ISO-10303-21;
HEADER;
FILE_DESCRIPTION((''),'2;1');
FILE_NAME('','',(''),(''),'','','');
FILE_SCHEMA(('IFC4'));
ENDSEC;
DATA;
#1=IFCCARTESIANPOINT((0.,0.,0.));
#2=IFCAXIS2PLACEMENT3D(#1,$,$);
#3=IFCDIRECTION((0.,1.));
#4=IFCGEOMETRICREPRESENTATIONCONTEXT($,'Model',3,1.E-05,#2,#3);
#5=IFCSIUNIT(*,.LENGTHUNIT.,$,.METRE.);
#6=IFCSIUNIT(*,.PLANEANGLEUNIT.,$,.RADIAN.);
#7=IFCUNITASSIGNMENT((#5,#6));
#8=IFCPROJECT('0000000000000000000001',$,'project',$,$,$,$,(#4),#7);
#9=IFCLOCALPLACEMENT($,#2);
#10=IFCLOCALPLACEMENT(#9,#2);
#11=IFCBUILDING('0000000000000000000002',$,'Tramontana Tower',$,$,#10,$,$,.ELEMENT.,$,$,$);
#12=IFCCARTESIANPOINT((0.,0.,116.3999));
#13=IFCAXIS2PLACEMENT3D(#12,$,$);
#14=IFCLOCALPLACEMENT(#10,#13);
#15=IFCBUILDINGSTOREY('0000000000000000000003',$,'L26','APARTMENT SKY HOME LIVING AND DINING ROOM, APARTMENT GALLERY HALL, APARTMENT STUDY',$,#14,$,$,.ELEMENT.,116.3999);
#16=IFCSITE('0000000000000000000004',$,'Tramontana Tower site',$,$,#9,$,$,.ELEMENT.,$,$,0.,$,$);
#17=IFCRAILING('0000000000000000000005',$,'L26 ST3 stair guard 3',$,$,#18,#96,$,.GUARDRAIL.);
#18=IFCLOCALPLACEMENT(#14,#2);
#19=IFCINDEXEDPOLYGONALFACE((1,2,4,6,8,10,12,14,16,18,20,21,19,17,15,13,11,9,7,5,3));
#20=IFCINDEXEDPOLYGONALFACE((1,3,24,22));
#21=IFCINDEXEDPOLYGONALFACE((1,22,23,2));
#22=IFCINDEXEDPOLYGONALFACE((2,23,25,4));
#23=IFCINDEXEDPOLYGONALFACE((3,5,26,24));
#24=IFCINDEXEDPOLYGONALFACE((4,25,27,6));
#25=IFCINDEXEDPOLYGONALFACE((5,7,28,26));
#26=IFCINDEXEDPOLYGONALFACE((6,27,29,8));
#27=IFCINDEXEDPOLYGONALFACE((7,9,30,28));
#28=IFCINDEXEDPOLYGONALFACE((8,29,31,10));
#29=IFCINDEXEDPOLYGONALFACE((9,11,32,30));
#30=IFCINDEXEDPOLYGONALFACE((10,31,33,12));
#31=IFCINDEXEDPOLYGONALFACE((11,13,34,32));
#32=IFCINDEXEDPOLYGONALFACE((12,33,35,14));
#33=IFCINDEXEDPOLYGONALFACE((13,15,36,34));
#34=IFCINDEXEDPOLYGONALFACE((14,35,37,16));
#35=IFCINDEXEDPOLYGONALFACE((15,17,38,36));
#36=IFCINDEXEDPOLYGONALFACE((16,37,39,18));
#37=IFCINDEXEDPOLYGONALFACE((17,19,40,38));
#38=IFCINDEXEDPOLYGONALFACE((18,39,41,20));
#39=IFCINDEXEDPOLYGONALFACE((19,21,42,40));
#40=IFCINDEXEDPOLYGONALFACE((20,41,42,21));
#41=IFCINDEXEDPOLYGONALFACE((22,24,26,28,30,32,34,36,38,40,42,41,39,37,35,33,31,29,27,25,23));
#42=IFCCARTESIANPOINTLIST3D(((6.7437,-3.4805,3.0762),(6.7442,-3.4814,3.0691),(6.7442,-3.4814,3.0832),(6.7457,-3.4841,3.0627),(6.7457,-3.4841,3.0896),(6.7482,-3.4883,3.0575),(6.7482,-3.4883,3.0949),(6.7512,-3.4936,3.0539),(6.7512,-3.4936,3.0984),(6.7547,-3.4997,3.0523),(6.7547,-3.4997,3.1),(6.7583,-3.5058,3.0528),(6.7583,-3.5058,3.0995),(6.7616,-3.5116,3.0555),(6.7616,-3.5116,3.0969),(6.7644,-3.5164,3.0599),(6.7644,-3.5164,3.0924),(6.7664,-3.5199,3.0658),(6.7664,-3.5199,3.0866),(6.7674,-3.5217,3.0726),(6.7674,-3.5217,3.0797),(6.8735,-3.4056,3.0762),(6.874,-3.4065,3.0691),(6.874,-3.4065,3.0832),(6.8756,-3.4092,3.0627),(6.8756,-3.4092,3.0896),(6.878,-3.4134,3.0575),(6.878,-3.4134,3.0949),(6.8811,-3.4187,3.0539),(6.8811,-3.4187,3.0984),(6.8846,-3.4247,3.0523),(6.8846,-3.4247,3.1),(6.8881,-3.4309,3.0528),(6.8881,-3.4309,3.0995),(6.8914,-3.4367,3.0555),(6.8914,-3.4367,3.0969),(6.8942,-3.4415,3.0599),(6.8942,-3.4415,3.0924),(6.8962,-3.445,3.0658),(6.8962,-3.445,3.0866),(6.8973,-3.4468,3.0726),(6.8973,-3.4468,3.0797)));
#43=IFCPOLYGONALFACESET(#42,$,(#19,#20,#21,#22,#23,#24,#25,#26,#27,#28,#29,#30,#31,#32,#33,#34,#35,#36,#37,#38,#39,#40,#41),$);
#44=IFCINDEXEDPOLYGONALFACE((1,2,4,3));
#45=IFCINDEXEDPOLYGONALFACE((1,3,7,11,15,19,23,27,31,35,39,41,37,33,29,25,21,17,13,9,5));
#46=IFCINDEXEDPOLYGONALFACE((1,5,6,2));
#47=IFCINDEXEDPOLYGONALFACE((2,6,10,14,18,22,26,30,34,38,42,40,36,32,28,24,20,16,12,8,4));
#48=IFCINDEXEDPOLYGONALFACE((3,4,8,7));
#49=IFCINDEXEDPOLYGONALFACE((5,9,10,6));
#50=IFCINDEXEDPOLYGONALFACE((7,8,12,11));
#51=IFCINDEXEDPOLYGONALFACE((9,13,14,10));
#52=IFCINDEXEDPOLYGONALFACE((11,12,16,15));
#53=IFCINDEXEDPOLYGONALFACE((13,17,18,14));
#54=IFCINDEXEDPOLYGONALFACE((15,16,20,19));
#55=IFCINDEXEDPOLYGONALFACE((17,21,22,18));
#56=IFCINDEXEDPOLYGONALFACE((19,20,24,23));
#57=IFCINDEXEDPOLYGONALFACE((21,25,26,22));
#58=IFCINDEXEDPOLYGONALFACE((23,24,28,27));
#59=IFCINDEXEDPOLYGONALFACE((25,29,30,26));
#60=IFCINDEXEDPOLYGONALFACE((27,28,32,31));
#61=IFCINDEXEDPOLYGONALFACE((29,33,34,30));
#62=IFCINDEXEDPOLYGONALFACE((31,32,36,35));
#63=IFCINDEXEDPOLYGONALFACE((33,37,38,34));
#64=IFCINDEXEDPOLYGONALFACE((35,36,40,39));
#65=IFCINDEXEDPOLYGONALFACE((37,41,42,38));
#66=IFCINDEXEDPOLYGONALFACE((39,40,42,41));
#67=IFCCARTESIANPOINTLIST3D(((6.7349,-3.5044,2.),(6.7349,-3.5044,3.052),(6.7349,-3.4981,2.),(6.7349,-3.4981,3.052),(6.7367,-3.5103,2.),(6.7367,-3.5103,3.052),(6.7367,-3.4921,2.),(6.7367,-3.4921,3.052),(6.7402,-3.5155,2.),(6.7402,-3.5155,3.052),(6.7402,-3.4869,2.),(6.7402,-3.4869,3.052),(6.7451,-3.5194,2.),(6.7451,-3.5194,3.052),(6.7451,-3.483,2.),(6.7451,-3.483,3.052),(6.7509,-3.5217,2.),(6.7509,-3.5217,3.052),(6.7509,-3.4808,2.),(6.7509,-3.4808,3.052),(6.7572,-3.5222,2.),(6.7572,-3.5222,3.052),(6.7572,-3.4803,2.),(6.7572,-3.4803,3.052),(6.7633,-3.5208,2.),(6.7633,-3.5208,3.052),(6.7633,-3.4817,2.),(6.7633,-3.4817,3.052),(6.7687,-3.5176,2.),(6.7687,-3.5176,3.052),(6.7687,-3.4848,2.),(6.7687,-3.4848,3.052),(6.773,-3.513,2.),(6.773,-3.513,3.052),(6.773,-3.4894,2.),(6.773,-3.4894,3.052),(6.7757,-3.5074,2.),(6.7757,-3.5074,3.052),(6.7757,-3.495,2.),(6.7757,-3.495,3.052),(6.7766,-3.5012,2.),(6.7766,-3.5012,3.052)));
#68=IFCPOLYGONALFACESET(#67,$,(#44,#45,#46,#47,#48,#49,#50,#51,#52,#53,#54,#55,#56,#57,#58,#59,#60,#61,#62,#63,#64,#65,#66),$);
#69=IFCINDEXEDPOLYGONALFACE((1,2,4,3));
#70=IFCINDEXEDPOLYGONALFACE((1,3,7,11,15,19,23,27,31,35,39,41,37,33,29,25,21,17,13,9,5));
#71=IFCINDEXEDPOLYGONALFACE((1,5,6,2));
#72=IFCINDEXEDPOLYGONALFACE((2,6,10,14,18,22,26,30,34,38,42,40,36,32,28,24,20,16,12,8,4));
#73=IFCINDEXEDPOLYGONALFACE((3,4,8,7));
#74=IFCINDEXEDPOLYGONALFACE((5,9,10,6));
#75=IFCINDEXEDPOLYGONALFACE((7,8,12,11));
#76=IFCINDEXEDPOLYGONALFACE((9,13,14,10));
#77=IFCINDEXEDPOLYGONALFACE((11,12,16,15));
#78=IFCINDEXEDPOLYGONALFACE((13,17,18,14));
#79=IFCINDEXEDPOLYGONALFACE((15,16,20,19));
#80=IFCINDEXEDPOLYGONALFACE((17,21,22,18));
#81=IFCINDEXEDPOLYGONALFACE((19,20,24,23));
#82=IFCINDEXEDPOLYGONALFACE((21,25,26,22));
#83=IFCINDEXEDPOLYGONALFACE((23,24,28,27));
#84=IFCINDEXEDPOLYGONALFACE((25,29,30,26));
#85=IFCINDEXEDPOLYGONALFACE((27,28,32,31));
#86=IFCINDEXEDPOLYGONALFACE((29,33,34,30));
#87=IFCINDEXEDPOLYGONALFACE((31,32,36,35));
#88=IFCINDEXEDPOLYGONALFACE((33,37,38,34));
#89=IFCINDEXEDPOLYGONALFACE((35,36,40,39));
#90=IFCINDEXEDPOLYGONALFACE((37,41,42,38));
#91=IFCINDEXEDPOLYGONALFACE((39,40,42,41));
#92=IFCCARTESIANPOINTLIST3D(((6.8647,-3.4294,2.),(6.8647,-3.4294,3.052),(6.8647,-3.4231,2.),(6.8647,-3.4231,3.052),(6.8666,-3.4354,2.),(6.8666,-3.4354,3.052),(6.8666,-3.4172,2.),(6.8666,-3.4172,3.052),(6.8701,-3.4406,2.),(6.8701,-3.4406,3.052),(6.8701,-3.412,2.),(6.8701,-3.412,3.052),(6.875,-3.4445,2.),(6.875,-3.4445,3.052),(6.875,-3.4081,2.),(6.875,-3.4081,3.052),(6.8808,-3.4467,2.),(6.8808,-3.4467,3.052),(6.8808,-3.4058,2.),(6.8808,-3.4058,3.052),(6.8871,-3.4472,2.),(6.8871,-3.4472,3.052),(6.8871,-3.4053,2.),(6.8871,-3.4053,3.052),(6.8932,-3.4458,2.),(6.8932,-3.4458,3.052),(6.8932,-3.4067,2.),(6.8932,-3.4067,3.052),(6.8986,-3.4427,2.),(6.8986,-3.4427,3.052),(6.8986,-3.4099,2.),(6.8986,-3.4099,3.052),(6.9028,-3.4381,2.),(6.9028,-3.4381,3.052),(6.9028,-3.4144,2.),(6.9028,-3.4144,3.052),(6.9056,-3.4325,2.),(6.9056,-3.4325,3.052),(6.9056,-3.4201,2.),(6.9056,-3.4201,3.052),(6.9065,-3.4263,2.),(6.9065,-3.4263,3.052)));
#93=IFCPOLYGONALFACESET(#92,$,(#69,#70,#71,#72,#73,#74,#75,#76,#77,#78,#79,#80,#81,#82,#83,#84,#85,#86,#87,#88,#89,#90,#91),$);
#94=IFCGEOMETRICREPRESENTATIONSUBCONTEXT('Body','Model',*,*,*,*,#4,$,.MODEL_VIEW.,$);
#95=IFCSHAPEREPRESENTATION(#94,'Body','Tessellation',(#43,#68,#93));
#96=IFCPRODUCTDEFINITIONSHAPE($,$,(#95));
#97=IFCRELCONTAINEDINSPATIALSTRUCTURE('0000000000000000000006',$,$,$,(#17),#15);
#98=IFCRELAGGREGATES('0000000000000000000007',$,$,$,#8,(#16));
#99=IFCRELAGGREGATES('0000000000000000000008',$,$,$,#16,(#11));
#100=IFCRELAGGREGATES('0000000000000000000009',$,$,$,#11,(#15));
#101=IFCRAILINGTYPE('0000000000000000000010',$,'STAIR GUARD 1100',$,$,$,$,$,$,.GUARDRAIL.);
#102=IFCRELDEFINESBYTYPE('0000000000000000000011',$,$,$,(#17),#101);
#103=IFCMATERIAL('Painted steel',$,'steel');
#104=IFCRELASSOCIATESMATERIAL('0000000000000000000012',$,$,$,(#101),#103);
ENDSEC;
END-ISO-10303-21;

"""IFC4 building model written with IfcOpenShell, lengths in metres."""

from ifc_helpers import new_model, si_unit, direction, frame, origin, origin_2d, place, context, subcontext, project, spatial, circle, extrude, material, type_object, element, save


model = new_model("IFC4")

# Units and contexts
model_context = context("Model", 3, precision=1e-05, world=origin(), true_north=direction((0.0, 1.0)))
body_context = subcontext(model_context, "Body", "Model", "MODEL_VIEW")
ifc_project = project(units=[si_unit("LENGTHUNIT", "METRE"), si_unit("PLANEANGLEUNIT", "RADIAN")], contexts=[model_context])

# Site, building, storey
site_placement = place(None, origin())
site = spatial("IfcSite", under=ifc_project, at=site_placement, Name="Tramontana Tower site", CompositionType="ELEMENT", RefElevation=0.0)
building_placement = place(site_placement, origin())
building = spatial("IfcBuilding", under=site, at=building_placement, Name="Tramontana Tower", CompositionType="ELEMENT")
storey_placement = place(building_placement, frame((0.0, 0.0, 116.3999)))
storey = spatial("IfcBuildingStorey", under=building, at=storey_placement, Name="L26", Description="APARTMENT SKY HOME LIVING AND DINING ROOM, APARTMENT GALLERY HALL, APARTMENT STUDY", CompositionType="ELEMENT", Elevation=116.3999)

# Railing
ifc_material_1 = material(Name="Painted steel", Category="steel")
railing_type_1 = type_object("IfcRailingType", Name="STAIR GUARD 1100", PredefinedType="GUARDRAIL", material=ifc_material_1)
railing_1_placement = place(storey_placement, frame((6.7556, -3.5012, 2.0)))
element("IfcRailing", 1, at=railing_1_placement, inside=storey, type_object=railing_type_1, Name="L26 ST3 stair guard 3", PredefinedType="GUARDRAIL", context=body_context, shape_type="SweptSolid", body=[
    extrude(circle(Radius=0.0239, at=origin_2d()), frame((0.0, 0.0, 1.0762), z_axis=(0.866131, 0.499816, 0.0), x_axis=(-0.499816, 0.866131, 0.0)), (0.0, 0.0, 1.0), 0.1499),
    extrude(circle(Radius=0.021, at=origin_2d()), origin(), (0.0, 0.0, 1.0), 1.052),
    extrude(circle(Radius=0.021, at=origin_2d()), frame((0.1299, 0.075, 0.0)), (0.0, 0.0, 1.0), 1.052),
])

save(model, "model.ifc")
